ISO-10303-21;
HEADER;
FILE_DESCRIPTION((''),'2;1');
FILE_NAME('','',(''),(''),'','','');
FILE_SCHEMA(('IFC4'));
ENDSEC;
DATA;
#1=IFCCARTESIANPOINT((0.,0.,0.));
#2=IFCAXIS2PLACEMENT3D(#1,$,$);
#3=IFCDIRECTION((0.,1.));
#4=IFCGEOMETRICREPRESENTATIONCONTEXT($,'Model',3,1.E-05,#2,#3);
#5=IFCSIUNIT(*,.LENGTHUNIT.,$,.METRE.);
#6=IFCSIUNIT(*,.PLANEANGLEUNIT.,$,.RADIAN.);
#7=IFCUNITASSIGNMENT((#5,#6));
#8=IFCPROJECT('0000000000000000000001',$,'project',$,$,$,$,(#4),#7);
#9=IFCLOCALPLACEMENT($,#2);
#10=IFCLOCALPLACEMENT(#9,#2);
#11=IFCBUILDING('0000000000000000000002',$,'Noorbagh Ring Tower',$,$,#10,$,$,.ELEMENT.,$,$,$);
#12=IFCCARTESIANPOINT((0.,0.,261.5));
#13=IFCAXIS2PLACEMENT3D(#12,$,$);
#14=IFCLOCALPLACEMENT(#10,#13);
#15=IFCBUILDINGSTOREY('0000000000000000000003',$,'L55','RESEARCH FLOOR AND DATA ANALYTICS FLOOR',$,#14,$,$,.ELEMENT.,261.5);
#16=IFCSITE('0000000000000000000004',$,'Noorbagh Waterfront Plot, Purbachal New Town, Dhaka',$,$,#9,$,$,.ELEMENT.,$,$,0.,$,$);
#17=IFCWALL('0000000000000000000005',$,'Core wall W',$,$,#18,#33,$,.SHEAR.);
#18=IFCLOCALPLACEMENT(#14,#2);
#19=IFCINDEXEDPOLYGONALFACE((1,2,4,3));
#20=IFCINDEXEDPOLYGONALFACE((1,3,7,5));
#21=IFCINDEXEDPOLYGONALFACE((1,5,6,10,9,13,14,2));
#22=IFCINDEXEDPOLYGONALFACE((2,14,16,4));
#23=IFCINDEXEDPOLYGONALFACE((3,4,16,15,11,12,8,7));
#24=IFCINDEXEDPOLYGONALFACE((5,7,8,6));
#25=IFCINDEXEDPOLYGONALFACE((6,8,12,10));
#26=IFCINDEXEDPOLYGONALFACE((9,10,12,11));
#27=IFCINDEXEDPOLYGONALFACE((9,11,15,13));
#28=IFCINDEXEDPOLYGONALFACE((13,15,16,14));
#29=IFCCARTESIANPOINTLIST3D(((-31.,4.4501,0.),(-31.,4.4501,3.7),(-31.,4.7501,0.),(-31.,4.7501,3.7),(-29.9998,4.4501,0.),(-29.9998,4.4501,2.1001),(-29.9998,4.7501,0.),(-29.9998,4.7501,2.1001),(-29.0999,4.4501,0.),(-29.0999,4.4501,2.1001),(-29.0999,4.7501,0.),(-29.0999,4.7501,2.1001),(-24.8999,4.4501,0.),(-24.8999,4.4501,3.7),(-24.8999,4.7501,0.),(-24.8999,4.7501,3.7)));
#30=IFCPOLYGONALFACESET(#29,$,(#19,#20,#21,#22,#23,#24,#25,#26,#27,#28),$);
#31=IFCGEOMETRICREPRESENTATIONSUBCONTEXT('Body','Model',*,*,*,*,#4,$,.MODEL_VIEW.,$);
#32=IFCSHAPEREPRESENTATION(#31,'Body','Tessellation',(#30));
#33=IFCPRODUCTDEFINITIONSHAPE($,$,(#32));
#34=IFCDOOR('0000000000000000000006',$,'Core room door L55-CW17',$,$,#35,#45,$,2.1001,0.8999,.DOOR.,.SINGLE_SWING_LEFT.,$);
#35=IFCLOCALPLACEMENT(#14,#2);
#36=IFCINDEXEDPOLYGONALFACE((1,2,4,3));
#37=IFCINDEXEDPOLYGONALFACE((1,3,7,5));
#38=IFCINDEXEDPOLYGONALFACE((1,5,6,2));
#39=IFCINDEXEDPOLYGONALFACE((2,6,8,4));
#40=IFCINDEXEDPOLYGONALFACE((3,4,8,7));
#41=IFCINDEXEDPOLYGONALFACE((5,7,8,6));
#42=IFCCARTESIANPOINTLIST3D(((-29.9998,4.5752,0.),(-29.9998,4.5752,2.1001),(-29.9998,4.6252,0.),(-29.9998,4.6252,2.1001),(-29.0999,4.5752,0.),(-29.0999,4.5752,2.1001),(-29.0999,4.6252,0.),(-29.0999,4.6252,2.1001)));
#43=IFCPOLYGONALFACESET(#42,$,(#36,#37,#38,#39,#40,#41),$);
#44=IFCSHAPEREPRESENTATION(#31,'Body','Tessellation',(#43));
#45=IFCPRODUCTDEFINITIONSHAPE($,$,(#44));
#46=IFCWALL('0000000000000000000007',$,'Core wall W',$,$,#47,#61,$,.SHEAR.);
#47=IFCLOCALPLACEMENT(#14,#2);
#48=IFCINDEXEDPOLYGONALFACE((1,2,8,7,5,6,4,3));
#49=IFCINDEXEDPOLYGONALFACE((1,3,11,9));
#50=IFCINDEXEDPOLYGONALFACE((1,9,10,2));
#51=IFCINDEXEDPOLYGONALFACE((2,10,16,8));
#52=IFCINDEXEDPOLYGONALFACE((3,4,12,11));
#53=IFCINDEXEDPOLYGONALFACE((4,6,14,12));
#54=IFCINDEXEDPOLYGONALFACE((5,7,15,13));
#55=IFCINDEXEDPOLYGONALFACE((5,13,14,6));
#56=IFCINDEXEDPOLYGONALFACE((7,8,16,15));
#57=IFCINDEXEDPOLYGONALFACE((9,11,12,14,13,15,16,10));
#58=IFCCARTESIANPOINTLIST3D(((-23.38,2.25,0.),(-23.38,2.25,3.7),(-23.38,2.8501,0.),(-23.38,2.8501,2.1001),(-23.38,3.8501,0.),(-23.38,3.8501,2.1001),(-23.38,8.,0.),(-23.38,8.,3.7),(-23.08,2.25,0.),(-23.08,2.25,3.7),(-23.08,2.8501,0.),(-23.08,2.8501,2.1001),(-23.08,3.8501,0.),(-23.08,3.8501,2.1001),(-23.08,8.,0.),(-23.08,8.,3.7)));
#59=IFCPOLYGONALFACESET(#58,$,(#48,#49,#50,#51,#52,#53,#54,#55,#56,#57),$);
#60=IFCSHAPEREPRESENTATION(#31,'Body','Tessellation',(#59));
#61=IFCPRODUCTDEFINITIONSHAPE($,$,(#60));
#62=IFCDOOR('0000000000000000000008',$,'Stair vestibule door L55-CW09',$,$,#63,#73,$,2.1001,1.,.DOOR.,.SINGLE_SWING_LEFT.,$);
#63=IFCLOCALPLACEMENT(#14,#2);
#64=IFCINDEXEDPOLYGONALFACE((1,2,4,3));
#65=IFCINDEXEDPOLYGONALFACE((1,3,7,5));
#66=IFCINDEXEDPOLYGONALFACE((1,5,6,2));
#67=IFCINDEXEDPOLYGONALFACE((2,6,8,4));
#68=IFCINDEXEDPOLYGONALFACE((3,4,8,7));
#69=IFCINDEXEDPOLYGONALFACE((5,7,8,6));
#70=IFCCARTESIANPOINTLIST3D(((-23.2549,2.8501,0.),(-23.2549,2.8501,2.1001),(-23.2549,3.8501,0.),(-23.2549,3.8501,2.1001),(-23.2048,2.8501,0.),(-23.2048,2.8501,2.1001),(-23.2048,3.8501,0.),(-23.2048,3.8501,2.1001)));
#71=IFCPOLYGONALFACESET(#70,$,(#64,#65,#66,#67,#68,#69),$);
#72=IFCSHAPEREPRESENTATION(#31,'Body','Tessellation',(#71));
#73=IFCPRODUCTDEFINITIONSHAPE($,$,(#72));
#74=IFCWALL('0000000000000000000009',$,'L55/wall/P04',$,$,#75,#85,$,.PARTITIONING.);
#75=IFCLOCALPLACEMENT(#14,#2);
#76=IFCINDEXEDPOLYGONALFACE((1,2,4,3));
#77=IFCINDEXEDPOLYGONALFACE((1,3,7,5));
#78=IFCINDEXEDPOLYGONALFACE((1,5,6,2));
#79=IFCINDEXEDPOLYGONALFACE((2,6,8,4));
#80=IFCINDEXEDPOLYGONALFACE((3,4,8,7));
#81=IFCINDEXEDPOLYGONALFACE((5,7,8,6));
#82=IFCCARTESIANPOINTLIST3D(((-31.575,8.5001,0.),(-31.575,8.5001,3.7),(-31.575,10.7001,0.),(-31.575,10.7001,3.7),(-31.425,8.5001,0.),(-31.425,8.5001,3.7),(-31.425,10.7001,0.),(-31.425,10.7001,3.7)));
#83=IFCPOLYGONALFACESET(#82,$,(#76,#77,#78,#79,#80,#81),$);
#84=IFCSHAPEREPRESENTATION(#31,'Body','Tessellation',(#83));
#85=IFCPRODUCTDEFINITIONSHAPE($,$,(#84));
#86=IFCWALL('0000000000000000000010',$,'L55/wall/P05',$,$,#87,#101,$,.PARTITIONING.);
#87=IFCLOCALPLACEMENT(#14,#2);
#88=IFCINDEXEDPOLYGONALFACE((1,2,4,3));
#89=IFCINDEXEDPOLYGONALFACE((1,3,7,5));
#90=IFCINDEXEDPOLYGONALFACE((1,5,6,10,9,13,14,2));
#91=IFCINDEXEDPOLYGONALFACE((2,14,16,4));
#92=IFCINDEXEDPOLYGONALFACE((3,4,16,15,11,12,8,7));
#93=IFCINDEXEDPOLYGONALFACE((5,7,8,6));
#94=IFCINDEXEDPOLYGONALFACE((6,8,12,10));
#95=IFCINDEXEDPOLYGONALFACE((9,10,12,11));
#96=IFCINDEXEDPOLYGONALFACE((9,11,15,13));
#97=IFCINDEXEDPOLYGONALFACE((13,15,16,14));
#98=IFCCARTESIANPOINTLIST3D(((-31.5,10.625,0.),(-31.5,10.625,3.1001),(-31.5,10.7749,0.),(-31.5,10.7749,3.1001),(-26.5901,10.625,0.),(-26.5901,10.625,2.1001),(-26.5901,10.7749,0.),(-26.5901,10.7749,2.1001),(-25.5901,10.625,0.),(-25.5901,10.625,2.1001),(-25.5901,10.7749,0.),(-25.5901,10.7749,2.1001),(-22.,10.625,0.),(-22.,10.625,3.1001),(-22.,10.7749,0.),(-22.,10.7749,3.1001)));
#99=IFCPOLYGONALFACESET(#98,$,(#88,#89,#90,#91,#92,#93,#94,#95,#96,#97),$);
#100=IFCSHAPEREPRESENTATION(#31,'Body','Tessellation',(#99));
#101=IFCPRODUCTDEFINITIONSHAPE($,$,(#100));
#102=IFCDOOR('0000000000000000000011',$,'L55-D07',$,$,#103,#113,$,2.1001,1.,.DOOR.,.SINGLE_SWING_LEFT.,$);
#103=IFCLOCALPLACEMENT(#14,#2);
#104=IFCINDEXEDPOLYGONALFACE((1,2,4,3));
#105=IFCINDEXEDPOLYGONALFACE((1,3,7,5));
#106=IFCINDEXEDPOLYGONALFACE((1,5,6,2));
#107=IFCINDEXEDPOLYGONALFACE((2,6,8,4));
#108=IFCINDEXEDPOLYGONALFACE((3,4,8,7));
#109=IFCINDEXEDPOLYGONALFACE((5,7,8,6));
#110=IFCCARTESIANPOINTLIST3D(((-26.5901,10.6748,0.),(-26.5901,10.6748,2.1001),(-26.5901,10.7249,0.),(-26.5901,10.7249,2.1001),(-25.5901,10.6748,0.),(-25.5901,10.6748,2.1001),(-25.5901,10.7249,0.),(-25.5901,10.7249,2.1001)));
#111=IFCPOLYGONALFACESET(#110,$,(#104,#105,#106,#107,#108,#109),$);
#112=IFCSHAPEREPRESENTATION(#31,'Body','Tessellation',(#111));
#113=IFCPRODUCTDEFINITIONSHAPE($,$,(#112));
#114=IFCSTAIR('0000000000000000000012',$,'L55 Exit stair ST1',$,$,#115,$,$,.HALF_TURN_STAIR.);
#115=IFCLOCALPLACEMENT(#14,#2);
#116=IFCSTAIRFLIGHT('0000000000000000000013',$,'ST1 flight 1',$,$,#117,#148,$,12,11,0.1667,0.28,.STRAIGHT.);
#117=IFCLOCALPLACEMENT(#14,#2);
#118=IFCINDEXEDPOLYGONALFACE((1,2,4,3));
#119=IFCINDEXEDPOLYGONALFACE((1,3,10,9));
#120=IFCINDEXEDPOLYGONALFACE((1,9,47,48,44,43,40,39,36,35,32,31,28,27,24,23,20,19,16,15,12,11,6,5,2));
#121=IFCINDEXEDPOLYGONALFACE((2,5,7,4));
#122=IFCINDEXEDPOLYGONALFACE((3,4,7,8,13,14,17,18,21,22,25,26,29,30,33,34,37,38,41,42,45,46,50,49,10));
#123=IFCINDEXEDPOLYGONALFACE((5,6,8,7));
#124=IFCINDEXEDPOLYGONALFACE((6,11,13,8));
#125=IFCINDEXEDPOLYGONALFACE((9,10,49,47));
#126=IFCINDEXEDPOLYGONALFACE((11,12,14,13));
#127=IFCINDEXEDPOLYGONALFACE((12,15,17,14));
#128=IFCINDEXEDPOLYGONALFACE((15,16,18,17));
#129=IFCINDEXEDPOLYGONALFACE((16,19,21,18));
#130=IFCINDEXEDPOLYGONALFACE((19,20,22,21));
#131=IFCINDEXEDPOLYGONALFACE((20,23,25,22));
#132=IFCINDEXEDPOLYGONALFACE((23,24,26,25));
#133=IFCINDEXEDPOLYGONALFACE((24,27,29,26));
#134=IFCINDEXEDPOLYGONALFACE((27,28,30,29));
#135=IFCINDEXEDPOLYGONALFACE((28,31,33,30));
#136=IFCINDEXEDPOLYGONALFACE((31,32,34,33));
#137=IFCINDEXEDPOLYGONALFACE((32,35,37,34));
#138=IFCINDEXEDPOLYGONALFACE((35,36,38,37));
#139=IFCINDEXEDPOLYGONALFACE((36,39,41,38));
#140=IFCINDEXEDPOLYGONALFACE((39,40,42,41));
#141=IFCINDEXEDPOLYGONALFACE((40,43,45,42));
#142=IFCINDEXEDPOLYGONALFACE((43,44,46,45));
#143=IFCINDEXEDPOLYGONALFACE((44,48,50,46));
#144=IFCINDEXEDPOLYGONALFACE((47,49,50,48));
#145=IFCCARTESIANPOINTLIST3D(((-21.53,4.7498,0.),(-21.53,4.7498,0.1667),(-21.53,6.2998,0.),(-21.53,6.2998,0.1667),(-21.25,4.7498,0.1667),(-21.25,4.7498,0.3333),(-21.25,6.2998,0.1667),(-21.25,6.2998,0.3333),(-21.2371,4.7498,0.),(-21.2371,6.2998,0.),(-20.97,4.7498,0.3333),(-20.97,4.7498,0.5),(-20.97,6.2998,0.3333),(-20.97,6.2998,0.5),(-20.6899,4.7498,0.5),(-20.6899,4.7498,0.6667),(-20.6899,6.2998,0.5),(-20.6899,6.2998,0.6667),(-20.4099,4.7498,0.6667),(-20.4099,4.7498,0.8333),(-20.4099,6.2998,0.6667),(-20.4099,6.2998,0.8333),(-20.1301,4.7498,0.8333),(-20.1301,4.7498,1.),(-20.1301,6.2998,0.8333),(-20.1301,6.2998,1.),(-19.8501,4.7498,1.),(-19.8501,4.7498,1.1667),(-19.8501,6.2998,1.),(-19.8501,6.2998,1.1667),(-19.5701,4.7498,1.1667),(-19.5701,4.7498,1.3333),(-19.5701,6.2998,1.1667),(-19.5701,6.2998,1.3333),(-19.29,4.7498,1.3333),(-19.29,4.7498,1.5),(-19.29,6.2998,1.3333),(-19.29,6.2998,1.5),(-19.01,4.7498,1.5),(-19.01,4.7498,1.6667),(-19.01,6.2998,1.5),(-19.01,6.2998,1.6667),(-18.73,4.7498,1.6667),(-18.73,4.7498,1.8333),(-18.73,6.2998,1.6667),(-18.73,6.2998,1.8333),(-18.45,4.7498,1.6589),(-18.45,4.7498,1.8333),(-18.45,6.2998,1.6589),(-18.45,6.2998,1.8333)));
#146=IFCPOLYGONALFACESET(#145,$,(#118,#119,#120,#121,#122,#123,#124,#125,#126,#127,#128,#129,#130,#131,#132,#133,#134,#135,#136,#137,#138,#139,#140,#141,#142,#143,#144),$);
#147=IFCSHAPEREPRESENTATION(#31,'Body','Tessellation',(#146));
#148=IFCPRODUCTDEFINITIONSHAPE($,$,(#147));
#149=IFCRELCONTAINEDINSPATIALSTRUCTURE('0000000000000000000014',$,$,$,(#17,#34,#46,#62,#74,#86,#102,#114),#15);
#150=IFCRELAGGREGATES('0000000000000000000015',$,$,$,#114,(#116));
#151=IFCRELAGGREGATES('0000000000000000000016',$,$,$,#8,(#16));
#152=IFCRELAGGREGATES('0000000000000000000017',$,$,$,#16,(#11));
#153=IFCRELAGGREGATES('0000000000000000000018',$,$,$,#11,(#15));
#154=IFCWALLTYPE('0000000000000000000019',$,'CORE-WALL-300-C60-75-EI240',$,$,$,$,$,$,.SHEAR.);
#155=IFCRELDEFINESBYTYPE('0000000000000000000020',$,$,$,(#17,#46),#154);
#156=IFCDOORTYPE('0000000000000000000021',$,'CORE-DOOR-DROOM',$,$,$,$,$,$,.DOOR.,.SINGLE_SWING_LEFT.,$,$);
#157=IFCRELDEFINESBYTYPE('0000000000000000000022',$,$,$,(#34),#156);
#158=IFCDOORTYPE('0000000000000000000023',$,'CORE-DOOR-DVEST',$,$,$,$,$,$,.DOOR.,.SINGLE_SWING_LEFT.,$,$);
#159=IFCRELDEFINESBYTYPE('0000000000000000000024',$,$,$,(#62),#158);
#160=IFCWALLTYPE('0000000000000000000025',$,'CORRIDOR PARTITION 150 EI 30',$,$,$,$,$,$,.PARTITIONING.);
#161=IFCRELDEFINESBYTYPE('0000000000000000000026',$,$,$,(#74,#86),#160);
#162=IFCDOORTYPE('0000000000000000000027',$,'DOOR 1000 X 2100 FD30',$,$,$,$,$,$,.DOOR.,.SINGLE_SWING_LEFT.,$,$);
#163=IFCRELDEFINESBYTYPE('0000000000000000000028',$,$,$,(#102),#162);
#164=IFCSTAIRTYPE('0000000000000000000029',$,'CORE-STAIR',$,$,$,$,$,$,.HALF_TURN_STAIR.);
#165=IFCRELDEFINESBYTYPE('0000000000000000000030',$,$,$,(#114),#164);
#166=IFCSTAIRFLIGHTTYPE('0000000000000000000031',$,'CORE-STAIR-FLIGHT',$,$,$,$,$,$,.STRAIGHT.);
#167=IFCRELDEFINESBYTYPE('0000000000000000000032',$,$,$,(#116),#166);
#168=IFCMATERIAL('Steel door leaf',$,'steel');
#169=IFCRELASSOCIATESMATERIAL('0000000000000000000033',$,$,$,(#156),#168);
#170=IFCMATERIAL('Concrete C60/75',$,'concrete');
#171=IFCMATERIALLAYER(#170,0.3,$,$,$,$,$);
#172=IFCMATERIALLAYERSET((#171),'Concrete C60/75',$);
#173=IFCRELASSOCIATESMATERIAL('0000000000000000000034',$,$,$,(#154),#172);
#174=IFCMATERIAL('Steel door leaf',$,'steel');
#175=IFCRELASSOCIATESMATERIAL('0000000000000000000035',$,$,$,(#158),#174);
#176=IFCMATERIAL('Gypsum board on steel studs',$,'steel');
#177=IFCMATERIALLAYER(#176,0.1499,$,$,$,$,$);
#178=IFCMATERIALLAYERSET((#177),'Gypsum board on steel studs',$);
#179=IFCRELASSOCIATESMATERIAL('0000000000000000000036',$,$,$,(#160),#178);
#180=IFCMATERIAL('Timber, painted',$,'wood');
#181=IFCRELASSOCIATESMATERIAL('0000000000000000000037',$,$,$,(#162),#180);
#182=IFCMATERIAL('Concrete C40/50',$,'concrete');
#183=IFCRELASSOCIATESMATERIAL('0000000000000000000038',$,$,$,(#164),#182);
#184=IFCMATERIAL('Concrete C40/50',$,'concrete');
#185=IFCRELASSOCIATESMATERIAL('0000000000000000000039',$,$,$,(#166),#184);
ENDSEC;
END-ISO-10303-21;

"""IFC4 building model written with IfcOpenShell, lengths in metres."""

from ifc_helpers import new_model, si_unit, direction, frame, frame_2d, origin, place, context, subcontext, project, spatial, polyline, rectangle, outline, extrude, material, layer, layer_set, type_object, element, fill, aggregate, save


model = new_model("IFC4")

# Units and contexts
model_context = context("Model", 3, precision=1e-05, world=origin(), true_north=direction((0.0, 1.0)))
body_context = subcontext(model_context, "Body", "Model", "MODEL_VIEW")
ifc_project = project(units=[si_unit("LENGTHUNIT", "METRE"), si_unit("PLANEANGLEUNIT", "RADIAN")], contexts=[model_context])

# Site, building, storey
site_placement = place(None, origin())
site = spatial("IfcSite", under=ifc_project, at=site_placement, Name="Noorbagh Waterfront Plot, Purbachal New Town, Dhaka", CompositionType="ELEMENT", RefElevation=0.0)
building_placement = place(site_placement, origin())
building = spatial("IfcBuilding", under=site, at=building_placement, Name="Noorbagh Ring Tower", CompositionType="ELEMENT")
storey_placement = place(building_placement, frame((0.0, 0.0, 261.5)))
storey = spatial("IfcBuildingStorey", under=building, at=storey_placement, Name="L55", Description="RESEARCH FLOOR AND DATA ANALYTICS FLOOR", CompositionType="ELEMENT", Elevation=261.5)

# Shared definitions
ifc_material_1 = material(Name="Steel door leaf", Category="steel")
door_type_1 = type_object("IfcDoorType", Name="CORE-DOOR-DROOM", OperationType="SINGLE_SWING_LEFT", PredefinedType="DOOR", material=ifc_material_1)

# Walls, openings, doors
ifc_material_2 = material(Name="Concrete C60/75", Category="concrete")
ifc_layer_1 = layer(ifc_material_2, 0.3)
ifc_layer_set_1 = layer_set([ifc_layer_1], Name="Concrete C60/75")
wall_type_1 = type_object("IfcWallType", Name="CORE-WALL-300-C60-75-EI240", PredefinedType="SHEAR", material=ifc_layer_set_1)
wall_1_placement = place(storey_placement, frame((-24.8999, 4.6001, 0.0), z_axis=(0.0, 0.0, 1.0), x_axis=(-1.0, 0.0, 0.0)))
wall_1 = element("IfcWall", 1, at=wall_1_placement, inside=storey, type_object=wall_type_1, Name="Core wall W", PredefinedType="SHEAR", context=body_context, shape_type="SweptSolid", body=[
    extrude(rectangle(XDim=6.1001, YDim=0.3, at=frame_2d((3.05, 0.0))), origin(), (0.0, 0.0, 1.0), 3.7),
])
opening_1_placement = place(wall_1_placement, frame((4.2, 0.0, 0.0)))
opening_1 = element("IfcOpeningElement", 2, at=opening_1_placement, cuts=wall_1, PredefinedType="OPENING", context=body_context, shape_type="SweptSolid", body=[
    extrude(rectangle(XDim=0.8999, YDim=2.1001, at=frame_2d((0.45, 1.05))), frame((0.0, 0.1602, 0.0), z_axis=(0.0, -1.0, 0.0), x_axis=(1.0, 0.0, 0.0)), (0.0, 0.0, 1.0), 0.3201),
])
door_1_placement = place(opening_1_placement, origin())
door_1 = element("IfcDoor", 3, at=door_1_placement, inside=storey, type_object=door_type_1, Name="Core room door L55-CW17", OperationType="SINGLE_SWING_LEFT", OverallHeight=2.1001, OverallWidth=0.8999, PredefinedType="DOOR", context=body_context, shape_type="SweptSolid", body=[
    extrude(rectangle(XDim=0.8999, YDim=2.1001, at=frame_2d((0.45, 1.05))), frame((0.0, 0.0249, 0.0), z_axis=(0.0, -1.0, 0.0), x_axis=(1.0, 0.0, 0.0)), (0.0, 0.0, 1.0), 0.05),
])
fill(opening_1, door_1)
wall_2_placement = place(storey_placement, frame((-23.23, 2.25, 0.0), z_axis=(0.0, 0.0, 1.0), x_axis=(0.0, 1.0, 0.0)))
wall_2 = element("IfcWall", 4, at=wall_2_placement, inside=storey, type_object=wall_type_1, Name="Core wall W", PredefinedType="SHEAR", context=body_context, shape_type="SweptSolid", body=[
    extrude(rectangle(XDim=5.75, YDim=0.3, at=frame_2d((2.875, 0.0))), origin(), (0.0, 0.0, 1.0), 3.7),
])
opening_2_placement = place(wall_2_placement, frame((0.6001, 0.0, 0.0)))
opening_2 = element("IfcOpeningElement", 5, at=opening_2_placement, cuts=wall_2, PredefinedType="OPENING", context=body_context, shape_type="SweptSolid", body=[
    extrude(rectangle(XDim=1.0, YDim=2.1001, at=frame_2d((0.5, 1.05))), frame((0.0, 0.1602, 0.0), z_axis=(0.0, -1.0, 0.0), x_axis=(1.0, 0.0, 0.0)), (0.0, 0.0, 1.0), 0.3201),
])
ifc_material_3 = material(Name="Steel door leaf", Category="steel")
door_type_2 = type_object("IfcDoorType", Name="CORE-DOOR-DVEST", OperationType="SINGLE_SWING_LEFT", PredefinedType="DOOR", material=ifc_material_3)
door_2_placement = place(opening_2_placement, origin())
door_2 = element("IfcDoor", 6, at=door_2_placement, inside=storey, type_object=door_type_2, Name="Stair vestibule door L55-CW09", OperationType="SINGLE_SWING_LEFT", OverallHeight=2.1001, OverallWidth=1.0, PredefinedType="DOOR", context=body_context, shape_type="SweptSolid", body=[
    extrude(rectangle(XDim=1.0, YDim=2.1001, at=frame_2d((0.5, 1.05))), frame((0.0, 0.0249, 0.0), z_axis=(0.0, -1.0, 0.0), x_axis=(1.0, 0.0, 0.0)), (0.0, 0.0, 1.0), 0.05),
])
fill(opening_2, door_2)

# Wall
ifc_material_4 = material(Name="Gypsum board on steel studs", Category="steel")
ifc_layer_2 = layer(ifc_material_4, 0.1499)
ifc_layer_set_2 = layer_set([ifc_layer_2], Name="Gypsum board on steel studs")
wall_type_2 = type_object("IfcWallType", Name="CORRIDOR PARTITION 150 EI 30", PredefinedType="PARTITIONING", material=ifc_layer_set_2)
wall_3_placement = place(storey_placement, frame((-31.5, 8.5, 0.0), z_axis=(0.0, 0.0, 1.0), x_axis=(0.0, 1.0, 0.0)))
element("IfcWall", 7, at=wall_3_placement, inside=storey, type_object=wall_type_2, Name="L55/wall/P04", PredefinedType="PARTITIONING", context=body_context, shape_type="SweptSolid", body=[
    extrude(rectangle(XDim=2.2, YDim=0.1499, at=frame_2d((1.1001, 0.0))), origin(), (0.0, 0.0, 1.0), 3.7),
])

# Wall, opening, door
wall_4_placement = place(storey_placement, frame((-31.5, 10.7, 0.0), z_axis=(0.0, 0.0, 1.0), x_axis=(1.0, 0.0, 0.0)))
wall_4 = element("IfcWall", 8, at=wall_4_placement, inside=storey, type_object=wall_type_2, Name="L55/wall/P05", PredefinedType="PARTITIONING", context=body_context, shape_type="SweptSolid", body=[
    extrude(rectangle(XDim=9.5, YDim=0.1499, at=frame_2d((4.75, 0.0))), origin(), (0.0, 0.0, 1.0), 3.1001),
])
opening_3_placement = place(wall_4_placement, frame((4.9099, 0.0, 0.0)))
opening_3 = element("IfcOpeningElement", 9, at=opening_3_placement, cuts=wall_4, PredefinedType="OPENING", context=body_context, shape_type="SweptSolid", body=[
    extrude(rectangle(XDim=1.0, YDim=2.1001, at=frame_2d((0.5, 1.05))), frame((0.0, 0.085, 0.0), z_axis=(0.0, -1.0, 0.0), x_axis=(1.0, 0.0, 0.0)), (0.0, 0.0, 1.0), 0.1699),
])
ifc_material_5 = material(Name="Timber, painted", Category="wood")
door_type_3 = type_object("IfcDoorType", Name="DOOR 1000 X 2100 FD30", OperationType="SINGLE_SWING_LEFT", PredefinedType="DOOR", material=ifc_material_5)
door_3_placement = place(opening_3_placement, origin())
door_3 = element("IfcDoor", 10, at=door_3_placement, inside=storey, type_object=door_type_3, Name="L55-D07", OperationType="SINGLE_SWING_LEFT", OverallHeight=2.1001, OverallWidth=1.0, PredefinedType="DOOR", context=body_context, shape_type="SweptSolid", body=[
    extrude(rectangle(XDim=1.0, YDim=2.1001, at=frame_2d((0.5, 1.05))), frame((0.0, 0.0249, 0.0), z_axis=(0.0, -1.0, 0.0), x_axis=(1.0, 0.0, 0.0)), (0.0, 0.0, 1.0), 0.05),
])
fill(opening_3, door_3)

# Stair, stair flight
ifc_material_6 = material(Name="Concrete C40/50", Category="concrete")
stair_type = type_object("IfcStairType", Name="CORE-STAIR", PredefinedType="HALF_TURN_STAIR", material=ifc_material_6)
stair_placement = place(storey_placement, origin())
stair = element("IfcStair", 11, at=stair_placement, inside=storey, type_object=stair_type, Name="L55 Exit stair ST1", PredefinedType="HALF_TURN_STAIR")
ifc_material_7 = material(Name="Concrete C40/50", Category="concrete")
stair_flight_type = type_object("IfcStairFlightType", Name="CORE-STAIR-FLIGHT", PredefinedType="STRAIGHT", material=ifc_material_7)
stair_flight_placement = place(storey_placement, frame((-21.53, 5.5249, 0.0), z_axis=(0.0, 0.0, 1.0), x_axis=(1.0, 0.0, 0.0)))
stair_flight = element("IfcStairFlight", 12, at=stair_flight_placement, type_object=stair_flight_type, Name="ST1 flight 1", NumberOfRisers=12, NumberOfTreads=11, PredefinedType="STRAIGHT", RiserHeight=0.1667, TreadLength=0.28, context=body_context, shape_type="SweptSolid", body=[
    extrude(outline(polyline([(0.0, 0.0), (0.0, 0.1667), (0.28, 0.1667), (0.28, 0.3333), (0.5601, 0.3333), (0.5601, 0.5), (0.8401, 0.5), (0.8401, 0.6667), (1.1201, 0.6667), (1.1201, 0.8333), (1.3999, 0.8333), (1.3999, 1.0), (1.6799, 1.0), (1.6799, 1.1667), (1.96, 1.1667), (1.96, 1.3333), (2.24, 1.3333), (2.24, 1.5), (2.52, 1.5), (2.52, 1.6667), (2.8, 1.6667), (2.8, 1.8333), (3.0801, 1.8333), (3.0801, 2.0), (3.0801, 1.6589), (0.293, 0.0), (0.0, 0.0)])), frame((0.0, 0.7749, 0.0), z_axis=(0.0, -1.0, 0.0), x_axis=(1.0, 0.0, 0.0)), (0.0, 0.0, 1.0), 1.55),
])
aggregate(stair, [stair_flight])

save(model, "model.ifc")
